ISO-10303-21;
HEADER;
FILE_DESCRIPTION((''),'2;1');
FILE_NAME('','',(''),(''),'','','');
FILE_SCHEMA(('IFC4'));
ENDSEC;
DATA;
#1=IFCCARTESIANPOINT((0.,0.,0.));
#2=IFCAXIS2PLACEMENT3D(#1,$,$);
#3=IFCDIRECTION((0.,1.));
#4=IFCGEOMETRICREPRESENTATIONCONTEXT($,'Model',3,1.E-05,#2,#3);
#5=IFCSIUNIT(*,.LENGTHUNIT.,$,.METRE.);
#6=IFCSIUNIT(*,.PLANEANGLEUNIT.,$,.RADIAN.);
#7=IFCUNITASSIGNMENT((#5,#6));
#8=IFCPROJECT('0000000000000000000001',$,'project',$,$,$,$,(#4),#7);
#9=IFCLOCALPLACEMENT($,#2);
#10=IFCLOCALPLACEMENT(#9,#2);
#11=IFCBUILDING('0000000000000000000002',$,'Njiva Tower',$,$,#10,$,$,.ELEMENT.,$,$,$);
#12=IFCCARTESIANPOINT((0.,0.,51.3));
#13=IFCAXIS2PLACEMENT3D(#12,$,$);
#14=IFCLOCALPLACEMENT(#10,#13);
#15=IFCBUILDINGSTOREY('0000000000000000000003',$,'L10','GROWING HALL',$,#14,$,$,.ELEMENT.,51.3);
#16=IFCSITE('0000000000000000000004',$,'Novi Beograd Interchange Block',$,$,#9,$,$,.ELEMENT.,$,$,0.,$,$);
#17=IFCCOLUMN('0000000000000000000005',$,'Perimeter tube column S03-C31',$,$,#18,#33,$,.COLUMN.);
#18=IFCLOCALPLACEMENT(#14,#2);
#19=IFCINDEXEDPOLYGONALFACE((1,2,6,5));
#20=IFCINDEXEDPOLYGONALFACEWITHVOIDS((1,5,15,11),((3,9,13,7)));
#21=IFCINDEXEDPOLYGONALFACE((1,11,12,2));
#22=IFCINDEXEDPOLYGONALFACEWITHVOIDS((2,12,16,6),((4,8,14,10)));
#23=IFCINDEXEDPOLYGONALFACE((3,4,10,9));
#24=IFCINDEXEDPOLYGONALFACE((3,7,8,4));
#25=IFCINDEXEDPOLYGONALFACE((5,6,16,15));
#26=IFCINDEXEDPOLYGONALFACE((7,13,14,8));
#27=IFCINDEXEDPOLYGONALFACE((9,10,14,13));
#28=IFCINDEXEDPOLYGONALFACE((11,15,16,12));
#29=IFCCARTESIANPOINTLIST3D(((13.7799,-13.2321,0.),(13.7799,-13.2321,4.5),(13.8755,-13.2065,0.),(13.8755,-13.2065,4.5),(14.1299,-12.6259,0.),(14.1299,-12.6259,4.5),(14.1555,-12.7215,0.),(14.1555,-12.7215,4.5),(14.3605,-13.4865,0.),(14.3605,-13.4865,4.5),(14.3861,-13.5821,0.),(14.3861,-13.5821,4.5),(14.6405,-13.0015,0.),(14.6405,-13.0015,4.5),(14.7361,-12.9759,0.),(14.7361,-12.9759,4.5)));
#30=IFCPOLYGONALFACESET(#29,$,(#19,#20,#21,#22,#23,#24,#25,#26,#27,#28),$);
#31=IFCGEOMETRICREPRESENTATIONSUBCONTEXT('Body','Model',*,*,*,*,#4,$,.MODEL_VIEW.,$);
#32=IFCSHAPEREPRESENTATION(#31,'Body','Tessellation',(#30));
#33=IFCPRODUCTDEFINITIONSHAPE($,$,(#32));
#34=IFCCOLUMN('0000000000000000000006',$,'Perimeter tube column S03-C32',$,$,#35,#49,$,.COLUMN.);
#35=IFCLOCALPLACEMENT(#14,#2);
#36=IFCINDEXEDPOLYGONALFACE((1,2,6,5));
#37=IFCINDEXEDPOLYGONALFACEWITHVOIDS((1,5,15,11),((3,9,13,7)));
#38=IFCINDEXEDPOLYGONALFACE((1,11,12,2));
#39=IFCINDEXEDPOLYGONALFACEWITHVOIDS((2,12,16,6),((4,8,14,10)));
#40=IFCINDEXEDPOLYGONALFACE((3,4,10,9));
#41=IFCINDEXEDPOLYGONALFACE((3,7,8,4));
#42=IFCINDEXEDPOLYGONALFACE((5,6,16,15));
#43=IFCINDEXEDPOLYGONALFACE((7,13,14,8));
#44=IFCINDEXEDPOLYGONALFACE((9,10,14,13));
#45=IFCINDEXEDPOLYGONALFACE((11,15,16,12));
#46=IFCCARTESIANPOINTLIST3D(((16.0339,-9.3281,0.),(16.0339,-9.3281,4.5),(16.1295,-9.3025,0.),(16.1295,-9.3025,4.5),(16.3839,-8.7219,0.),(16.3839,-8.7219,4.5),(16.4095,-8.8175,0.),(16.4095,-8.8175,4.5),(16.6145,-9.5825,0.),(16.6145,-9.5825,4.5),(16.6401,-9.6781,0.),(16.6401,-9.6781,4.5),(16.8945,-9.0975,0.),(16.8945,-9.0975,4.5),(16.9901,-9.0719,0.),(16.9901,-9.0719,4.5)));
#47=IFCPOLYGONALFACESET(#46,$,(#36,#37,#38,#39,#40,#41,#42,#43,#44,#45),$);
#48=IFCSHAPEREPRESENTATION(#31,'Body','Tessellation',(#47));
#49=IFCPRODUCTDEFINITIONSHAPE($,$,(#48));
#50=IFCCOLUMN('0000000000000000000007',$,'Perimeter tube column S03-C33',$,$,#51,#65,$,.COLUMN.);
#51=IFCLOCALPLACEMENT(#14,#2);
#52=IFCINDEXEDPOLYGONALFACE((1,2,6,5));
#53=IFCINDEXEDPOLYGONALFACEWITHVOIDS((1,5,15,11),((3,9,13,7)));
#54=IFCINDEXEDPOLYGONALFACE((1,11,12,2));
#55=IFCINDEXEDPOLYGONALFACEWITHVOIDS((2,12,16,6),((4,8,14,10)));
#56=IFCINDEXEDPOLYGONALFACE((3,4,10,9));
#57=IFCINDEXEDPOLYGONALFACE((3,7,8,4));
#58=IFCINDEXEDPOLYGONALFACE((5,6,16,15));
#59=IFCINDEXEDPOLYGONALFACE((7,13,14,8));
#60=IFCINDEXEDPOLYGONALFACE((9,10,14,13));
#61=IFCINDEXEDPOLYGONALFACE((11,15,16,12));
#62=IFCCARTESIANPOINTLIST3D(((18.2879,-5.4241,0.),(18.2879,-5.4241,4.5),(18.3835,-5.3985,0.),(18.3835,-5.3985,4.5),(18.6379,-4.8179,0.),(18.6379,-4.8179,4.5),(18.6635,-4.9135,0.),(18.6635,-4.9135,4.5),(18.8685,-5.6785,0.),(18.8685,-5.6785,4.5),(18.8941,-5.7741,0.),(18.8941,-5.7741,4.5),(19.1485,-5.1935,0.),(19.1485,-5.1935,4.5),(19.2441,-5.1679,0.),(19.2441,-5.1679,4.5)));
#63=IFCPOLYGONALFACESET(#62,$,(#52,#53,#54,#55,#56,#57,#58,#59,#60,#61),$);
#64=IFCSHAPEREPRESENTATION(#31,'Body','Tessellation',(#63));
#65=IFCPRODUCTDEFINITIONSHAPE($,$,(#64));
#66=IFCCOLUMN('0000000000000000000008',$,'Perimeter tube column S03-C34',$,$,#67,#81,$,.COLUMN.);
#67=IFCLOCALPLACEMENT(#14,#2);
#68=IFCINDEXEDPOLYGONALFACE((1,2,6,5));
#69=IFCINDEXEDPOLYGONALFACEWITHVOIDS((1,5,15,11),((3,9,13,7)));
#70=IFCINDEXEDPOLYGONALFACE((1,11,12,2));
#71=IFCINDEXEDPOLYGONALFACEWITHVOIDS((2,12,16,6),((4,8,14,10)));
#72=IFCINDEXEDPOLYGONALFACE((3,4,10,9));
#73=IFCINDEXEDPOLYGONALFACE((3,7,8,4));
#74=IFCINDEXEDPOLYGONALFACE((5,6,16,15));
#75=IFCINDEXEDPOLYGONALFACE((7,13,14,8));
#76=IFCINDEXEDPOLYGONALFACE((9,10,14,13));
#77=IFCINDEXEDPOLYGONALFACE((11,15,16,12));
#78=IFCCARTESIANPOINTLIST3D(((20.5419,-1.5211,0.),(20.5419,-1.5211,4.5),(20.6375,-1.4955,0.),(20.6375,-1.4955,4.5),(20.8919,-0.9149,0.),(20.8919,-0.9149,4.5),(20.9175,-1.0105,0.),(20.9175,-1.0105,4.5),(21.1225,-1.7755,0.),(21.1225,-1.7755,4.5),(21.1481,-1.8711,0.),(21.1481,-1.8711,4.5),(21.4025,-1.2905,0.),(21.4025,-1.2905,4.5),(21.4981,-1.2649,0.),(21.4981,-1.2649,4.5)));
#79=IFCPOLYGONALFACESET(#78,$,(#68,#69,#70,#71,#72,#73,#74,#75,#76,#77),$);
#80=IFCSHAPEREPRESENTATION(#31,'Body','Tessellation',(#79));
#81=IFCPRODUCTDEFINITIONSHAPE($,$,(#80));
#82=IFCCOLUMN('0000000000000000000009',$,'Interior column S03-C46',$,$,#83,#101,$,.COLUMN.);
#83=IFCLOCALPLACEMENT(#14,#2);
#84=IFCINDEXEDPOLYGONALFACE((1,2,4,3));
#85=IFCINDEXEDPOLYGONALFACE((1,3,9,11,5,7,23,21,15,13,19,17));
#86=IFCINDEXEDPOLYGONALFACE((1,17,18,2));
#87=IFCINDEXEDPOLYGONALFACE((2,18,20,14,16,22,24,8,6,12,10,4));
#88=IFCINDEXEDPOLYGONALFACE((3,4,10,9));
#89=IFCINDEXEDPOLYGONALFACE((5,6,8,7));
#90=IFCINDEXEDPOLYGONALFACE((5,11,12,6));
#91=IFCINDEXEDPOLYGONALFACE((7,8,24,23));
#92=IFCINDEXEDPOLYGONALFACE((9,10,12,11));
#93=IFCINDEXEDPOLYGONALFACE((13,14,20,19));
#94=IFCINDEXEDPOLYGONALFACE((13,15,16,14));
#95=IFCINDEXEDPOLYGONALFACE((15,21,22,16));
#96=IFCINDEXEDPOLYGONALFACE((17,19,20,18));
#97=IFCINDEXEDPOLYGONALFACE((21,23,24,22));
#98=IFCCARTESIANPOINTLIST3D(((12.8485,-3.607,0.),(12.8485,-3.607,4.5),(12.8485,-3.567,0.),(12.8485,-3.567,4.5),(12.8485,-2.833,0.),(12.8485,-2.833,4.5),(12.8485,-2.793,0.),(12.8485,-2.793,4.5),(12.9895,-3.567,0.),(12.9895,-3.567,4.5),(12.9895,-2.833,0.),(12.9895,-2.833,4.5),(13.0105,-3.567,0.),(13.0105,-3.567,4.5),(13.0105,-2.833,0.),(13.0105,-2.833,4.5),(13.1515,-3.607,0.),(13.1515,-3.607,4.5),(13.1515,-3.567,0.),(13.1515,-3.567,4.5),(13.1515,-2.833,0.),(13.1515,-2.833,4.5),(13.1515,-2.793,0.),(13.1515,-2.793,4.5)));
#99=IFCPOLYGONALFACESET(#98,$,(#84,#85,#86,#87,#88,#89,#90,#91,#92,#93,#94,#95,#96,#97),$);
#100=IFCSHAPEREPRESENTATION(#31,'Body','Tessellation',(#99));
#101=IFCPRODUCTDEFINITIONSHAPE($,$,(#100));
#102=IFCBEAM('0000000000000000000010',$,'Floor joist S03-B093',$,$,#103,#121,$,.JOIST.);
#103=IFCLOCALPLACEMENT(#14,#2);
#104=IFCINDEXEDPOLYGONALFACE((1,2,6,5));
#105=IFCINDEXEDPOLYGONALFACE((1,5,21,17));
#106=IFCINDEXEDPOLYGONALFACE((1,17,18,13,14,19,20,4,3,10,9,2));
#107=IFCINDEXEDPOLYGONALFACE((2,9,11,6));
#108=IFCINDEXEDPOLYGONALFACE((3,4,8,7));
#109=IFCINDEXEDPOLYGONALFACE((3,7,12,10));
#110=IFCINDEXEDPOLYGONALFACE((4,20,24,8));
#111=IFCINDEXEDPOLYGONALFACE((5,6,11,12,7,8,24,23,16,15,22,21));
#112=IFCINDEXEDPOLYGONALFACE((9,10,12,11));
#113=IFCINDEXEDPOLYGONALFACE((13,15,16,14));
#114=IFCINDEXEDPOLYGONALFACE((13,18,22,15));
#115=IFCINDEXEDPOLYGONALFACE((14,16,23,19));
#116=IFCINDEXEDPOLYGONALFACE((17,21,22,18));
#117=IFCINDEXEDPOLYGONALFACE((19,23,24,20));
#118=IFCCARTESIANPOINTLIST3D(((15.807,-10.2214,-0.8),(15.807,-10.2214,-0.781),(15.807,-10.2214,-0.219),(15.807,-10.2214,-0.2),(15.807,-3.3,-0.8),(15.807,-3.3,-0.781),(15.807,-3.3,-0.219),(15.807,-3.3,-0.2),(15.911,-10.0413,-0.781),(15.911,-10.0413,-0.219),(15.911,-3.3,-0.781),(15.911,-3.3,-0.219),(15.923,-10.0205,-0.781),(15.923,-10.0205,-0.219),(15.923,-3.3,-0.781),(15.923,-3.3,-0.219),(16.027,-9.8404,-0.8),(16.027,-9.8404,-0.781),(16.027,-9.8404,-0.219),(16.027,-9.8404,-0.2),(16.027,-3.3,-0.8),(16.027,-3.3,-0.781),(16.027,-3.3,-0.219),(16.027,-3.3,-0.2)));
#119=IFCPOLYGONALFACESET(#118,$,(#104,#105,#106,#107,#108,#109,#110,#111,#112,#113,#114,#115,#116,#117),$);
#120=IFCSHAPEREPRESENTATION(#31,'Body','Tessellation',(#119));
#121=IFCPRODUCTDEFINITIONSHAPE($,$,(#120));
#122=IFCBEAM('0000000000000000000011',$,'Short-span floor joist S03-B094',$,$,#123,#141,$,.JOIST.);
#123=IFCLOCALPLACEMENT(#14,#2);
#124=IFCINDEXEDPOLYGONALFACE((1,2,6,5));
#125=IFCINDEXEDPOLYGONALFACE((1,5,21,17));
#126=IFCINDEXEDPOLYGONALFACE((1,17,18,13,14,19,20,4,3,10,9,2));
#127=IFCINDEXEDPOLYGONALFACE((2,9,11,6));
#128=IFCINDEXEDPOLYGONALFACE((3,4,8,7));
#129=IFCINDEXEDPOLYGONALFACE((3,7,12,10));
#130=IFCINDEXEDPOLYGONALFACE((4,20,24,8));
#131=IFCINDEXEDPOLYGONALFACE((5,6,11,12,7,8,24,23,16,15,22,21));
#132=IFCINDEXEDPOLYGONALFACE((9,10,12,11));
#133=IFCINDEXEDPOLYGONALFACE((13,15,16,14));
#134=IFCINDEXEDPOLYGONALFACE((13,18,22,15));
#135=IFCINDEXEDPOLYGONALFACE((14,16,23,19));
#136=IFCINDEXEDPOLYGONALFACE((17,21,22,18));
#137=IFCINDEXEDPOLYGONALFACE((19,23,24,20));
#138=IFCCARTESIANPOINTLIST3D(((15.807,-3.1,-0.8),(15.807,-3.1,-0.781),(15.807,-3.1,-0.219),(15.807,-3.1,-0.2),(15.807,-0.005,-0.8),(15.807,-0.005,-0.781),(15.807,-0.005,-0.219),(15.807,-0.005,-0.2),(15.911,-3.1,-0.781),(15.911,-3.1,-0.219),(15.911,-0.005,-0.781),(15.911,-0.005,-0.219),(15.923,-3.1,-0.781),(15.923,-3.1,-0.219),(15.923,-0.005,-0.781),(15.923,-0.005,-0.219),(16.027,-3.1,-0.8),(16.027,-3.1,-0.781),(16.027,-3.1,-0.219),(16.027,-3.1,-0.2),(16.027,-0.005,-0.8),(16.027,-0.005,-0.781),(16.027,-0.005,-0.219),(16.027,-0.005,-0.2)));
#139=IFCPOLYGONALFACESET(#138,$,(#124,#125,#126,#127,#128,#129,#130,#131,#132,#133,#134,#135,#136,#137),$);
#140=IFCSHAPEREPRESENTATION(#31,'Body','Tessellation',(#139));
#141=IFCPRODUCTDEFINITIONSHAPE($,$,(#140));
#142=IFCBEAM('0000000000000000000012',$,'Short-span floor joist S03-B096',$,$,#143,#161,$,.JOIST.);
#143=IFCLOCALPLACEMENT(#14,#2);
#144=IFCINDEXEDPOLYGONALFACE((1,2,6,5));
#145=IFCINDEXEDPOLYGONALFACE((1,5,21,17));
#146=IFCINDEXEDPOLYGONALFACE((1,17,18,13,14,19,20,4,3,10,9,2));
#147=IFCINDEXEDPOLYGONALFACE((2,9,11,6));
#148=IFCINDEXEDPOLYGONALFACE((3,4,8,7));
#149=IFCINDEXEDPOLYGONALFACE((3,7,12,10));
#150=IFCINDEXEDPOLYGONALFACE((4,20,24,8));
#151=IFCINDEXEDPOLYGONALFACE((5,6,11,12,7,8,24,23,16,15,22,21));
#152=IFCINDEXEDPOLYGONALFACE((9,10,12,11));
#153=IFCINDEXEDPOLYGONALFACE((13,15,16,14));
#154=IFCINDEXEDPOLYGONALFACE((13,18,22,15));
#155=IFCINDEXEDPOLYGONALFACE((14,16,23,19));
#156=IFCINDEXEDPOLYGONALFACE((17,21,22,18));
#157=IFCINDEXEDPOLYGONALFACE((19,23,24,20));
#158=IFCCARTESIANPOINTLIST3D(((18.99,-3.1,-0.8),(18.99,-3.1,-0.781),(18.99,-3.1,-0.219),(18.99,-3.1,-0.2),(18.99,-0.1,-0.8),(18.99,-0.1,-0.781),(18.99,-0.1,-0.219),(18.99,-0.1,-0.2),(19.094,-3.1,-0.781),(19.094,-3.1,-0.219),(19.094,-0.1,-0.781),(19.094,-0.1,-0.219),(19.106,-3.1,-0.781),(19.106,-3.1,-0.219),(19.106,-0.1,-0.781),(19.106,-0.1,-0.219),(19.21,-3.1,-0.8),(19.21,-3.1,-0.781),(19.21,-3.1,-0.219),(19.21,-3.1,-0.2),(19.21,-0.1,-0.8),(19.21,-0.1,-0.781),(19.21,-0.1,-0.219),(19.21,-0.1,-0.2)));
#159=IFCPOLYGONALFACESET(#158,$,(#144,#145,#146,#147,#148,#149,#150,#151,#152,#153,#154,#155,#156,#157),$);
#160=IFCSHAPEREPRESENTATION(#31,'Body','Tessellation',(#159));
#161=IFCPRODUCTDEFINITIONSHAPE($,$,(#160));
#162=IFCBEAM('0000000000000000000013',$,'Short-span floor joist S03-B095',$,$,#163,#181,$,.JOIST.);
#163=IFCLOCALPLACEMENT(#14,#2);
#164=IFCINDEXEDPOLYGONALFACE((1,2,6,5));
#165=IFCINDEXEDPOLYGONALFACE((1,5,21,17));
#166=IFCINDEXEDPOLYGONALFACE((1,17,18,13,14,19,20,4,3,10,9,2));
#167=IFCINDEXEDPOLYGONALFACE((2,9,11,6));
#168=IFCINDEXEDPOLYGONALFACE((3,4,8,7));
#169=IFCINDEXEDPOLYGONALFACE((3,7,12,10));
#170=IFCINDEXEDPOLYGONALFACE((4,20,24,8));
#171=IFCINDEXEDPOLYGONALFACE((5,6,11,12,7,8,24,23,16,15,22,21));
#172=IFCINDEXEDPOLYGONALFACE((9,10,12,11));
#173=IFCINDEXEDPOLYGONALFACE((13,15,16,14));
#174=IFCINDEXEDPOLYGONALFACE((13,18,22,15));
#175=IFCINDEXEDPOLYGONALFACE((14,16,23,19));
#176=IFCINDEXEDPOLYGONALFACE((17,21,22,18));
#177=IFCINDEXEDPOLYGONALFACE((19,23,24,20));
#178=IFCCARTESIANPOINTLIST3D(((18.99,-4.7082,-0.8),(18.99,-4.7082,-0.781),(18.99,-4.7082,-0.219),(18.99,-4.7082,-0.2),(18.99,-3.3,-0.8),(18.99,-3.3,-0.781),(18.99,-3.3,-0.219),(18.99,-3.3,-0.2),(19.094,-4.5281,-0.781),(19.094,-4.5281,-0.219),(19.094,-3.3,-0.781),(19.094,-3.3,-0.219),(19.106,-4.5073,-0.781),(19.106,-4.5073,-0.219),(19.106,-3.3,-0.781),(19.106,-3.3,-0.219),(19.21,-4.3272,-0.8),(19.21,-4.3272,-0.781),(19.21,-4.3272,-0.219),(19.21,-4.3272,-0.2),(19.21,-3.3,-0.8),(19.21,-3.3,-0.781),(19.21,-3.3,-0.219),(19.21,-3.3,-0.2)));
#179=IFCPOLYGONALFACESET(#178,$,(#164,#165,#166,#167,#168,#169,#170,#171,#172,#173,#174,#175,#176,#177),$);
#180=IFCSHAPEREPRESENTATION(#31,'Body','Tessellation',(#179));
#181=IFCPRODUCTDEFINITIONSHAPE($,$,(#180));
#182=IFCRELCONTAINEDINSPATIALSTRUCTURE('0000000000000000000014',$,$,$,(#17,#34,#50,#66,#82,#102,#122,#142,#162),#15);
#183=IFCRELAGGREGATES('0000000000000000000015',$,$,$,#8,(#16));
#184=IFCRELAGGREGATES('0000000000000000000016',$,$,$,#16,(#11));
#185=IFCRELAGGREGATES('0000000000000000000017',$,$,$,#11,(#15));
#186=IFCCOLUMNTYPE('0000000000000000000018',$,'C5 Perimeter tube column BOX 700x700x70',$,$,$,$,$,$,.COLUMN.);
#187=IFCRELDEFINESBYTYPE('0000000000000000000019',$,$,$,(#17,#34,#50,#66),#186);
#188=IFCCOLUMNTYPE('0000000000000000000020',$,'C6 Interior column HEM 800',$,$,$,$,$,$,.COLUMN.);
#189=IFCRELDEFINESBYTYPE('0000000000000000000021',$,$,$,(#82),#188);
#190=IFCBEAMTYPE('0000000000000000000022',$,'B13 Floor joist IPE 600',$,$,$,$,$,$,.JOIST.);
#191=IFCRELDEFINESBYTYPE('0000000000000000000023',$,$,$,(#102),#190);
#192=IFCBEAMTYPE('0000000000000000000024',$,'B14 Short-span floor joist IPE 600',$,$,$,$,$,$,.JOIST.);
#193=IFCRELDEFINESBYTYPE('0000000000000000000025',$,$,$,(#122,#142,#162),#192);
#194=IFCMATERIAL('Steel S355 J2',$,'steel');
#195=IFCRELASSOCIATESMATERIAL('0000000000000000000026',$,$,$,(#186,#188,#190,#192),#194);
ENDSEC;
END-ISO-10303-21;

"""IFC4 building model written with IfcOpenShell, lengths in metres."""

from ifc_helpers import new_model, si_unit, direction, frame, origin, origin_2d, place, context, subcontext, project, spatial, hollow_rectangle, i_section, extrude, clip, halfspace, material, material_profile, profile_set, type_object, element, save


model = new_model("IFC4")

# Units and contexts
model_context = context("Model", 3, precision=1e-05, world=origin(), true_north=direction((0.0, 1.0)))
body_context = subcontext(model_context, "Body", "Model", "MODEL_VIEW")
ifc_project = project(units=[si_unit("LENGTHUNIT", "METRE"), si_unit("PLANEANGLEUNIT", "RADIAN")], contexts=[model_context])

# Site, building, storey
site_placement = place(None, origin())
site = spatial("IfcSite", under=ifc_project, at=site_placement, Name="Novi Beograd Interchange Block", CompositionType="ELEMENT", RefElevation=0.0)
building_placement = place(site_placement, origin())
building = spatial("IfcBuilding", under=site, at=building_placement, Name="Njiva Tower", CompositionType="ELEMENT")
storey_placement = place(building_placement, frame((0.0, 0.0, 51.3)))
storey = spatial("IfcBuildingStorey", under=building, at=storey_placement, Name="L10", Description="GROWING HALL", CompositionType="ELEMENT", Elevation=51.3)

# Columns
ifc_material_1 = material(Name="Steel S355 J2", Category="steel")
ifc_material_profile_1 = material_profile(ifc_material_1, hollow_rectangle(XDim=0.7, YDim=0.7, WallThickness=0.07, at=origin_2d()), Name="BOX 700x700x70")
ifc_profile_set_1 = profile_set([ifc_material_profile_1], Name="Steel S355 J2")
column_type_1 = type_object("IfcColumnType", Name="C5 Perimeter tube column BOX 700x700x70", PredefinedType="COLUMN", material=ifc_profile_set_1)
for number, where, z_axis, x_axis, name in (
    (1, (14.258, -13.104, 0.0), (0.0, 0.0, 1.0), (0.5, 0.866025, 0.0), "Perimeter tube column S03-C31"),
    (2, (16.512, -9.2, 0.0), (0.0, 0.0, 1.0), (0.5, 0.866025, 0.0), "Perimeter tube column S03-C32"),
    (3, (18.766, -5.296, 0.0), (0.0, 0.0, 1.0), (0.5, 0.866025, 0.0), "Perimeter tube column S03-C33"),
    (4, (21.02, -1.393, 0.0), (0.0, 0.0, 1.0), (0.5, 0.866025, 0.0), "Perimeter tube column S03-C34"),
):
    element("IfcColumn", number, at=place(storey_placement, frame(where, z_axis=z_axis, x_axis=x_axis)), inside=storey, type_object=column_type_1, Name=name, PredefinedType="COLUMN", context=body_context, shape_type="SweptSolid", body=[
        extrude(hollow_rectangle(XDim=0.7, YDim=0.7, WallThickness=0.07, at=origin_2d()), origin(), (0.0, 0.0, 1.0), 4.5),
    ])
ifc_material_profile_2 = material_profile(ifc_material_1, i_section(OverallWidth=0.303, OverallDepth=0.814, WebThickness=0.021, FlangeThickness=0.04, at=origin_2d()), Name="HEM 800")
ifc_profile_set_2 = profile_set([ifc_material_profile_2], Name="Steel S355 J2")
column_type_2 = type_object("IfcColumnType", Name="C6 Interior column HEM 800", PredefinedType="COLUMN", material=ifc_profile_set_2)
column_placement = place(storey_placement, frame((13.0, -3.2, 0.0), z_axis=(0.0, 0.0, 1.0), x_axis=(1.0, 0.0, 0.0)))
element("IfcColumn", 5, at=column_placement, inside=storey, type_object=column_type_2, Name="Interior column S03-C46", PredefinedType="COLUMN", context=body_context, shape_type="SweptSolid", body=[
    extrude(i_section(OverallWidth=0.303, OverallDepth=0.814, WebThickness=0.021, FlangeThickness=0.04, at=origin_2d()), origin(), (0.0, 0.0, 1.0), 4.5),
])

# Beams
ifc_material_profile_3 = material_profile(ifc_material_1, i_section(OverallWidth=0.22, OverallDepth=0.6, WebThickness=0.012, FlangeThickness=0.019, at=origin_2d()), Name="IPE 600")
ifc_profile_set_3 = profile_set([ifc_material_profile_3], Name="Steel S355 J2")
beam_type_1 = type_object("IfcBeamType", Name="B13 Floor joist IPE 600", PredefinedType="JOIST", material=ifc_profile_set_3)
beam_1_placement = place(storey_placement, frame((15.917, -3.3, -0.5), z_axis=(0.0, -1.0, 0.0), x_axis=(1.0, 0.0, 0.0)))
element("IfcBeam", 6, at=beam_1_placement, inside=storey, type_object=beam_type_1, Name="Floor joist S03-B093", PredefinedType="JOIST", context=body_context, shape_type="Clipping", body=[
    clip(extrude(i_section(OverallWidth=0.22, OverallDepth=0.6, WebThickness=0.012, FlangeThickness=0.019, at=origin_2d()), origin(), (0.0, 0.0, 1.0), 6.942), halfspace(frame((0.043, 0.0, 6.6564), z_axis=(0.866027, 0.0, 0.499998), x_axis=(0.0, 1.0, 0.0)), False)),
])
ifc_material_profile_4 = material_profile(ifc_material_1, i_section(OverallWidth=0.22, OverallDepth=0.6, WebThickness=0.012, FlangeThickness=0.019, at=origin_2d()), Name="IPE 600")
ifc_profile_set_4 = profile_set([ifc_material_profile_4], Name="Steel S355 J2")
beam_type_2 = type_object("IfcBeamType", Name="B14 Short-span floor joist IPE 600", PredefinedType="JOIST", material=ifc_profile_set_4)
beam_2_placement = place(storey_placement, frame((15.917, -0.005, -0.5), z_axis=(0.0, -1.0, 0.0), x_axis=(1.0, 0.0, 0.0)))
element("IfcBeam", 7, at=beam_2_placement, inside=storey, type_object=beam_type_2, Name="Short-span floor joist S03-B094", PredefinedType="JOIST", context=body_context, shape_type="SweptSolid", body=[
    extrude(i_section(OverallWidth=0.22, OverallDepth=0.6, WebThickness=0.012, FlangeThickness=0.019, at=origin_2d()), origin(), (0.0, 0.0, 1.0), 3.095),
])
beam_3_placement = place(storey_placement, frame((19.1, -0.1, -0.5), z_axis=(0.0, -1.0, 0.0), x_axis=(1.0, 0.0, 0.0)))
element("IfcBeam", 8, at=beam_3_placement, inside=storey, type_object=beam_type_2, Name="Short-span floor joist S03-B096", PredefinedType="JOIST", context=body_context, shape_type="SweptSolid", body=[
    extrude(i_section(OverallWidth=0.22, OverallDepth=0.6, WebThickness=0.012, FlangeThickness=0.019, at=origin_2d()), origin(), (0.0, 0.0, 1.0), 3.0),
])
beam_4_placement = place(storey_placement, frame((19.1, -3.3, -0.5), z_axis=(0.0, -1.0, 0.0), x_axis=(1.0, 0.0, 0.0)))
element("IfcBeam", 9, at=beam_4_placement, inside=storey, type_object=beam_type_2, Name="Short-span floor joist S03-B095", PredefinedType="JOIST", context=body_context, shape_type="Clipping", body=[
    clip(extrude(i_section(OverallWidth=0.22, OverallDepth=0.6, WebThickness=0.012, FlangeThickness=0.019, at=origin_2d()), origin(), (0.0, 0.0, 1.0), 1.429), halfspace(frame((0.0433, 0.0, 1.1427), z_axis=(0.866027, 0.0, 0.499998), x_axis=(0.0, 1.0, 0.0)), False)),
])

save(model, "model.ifc")
